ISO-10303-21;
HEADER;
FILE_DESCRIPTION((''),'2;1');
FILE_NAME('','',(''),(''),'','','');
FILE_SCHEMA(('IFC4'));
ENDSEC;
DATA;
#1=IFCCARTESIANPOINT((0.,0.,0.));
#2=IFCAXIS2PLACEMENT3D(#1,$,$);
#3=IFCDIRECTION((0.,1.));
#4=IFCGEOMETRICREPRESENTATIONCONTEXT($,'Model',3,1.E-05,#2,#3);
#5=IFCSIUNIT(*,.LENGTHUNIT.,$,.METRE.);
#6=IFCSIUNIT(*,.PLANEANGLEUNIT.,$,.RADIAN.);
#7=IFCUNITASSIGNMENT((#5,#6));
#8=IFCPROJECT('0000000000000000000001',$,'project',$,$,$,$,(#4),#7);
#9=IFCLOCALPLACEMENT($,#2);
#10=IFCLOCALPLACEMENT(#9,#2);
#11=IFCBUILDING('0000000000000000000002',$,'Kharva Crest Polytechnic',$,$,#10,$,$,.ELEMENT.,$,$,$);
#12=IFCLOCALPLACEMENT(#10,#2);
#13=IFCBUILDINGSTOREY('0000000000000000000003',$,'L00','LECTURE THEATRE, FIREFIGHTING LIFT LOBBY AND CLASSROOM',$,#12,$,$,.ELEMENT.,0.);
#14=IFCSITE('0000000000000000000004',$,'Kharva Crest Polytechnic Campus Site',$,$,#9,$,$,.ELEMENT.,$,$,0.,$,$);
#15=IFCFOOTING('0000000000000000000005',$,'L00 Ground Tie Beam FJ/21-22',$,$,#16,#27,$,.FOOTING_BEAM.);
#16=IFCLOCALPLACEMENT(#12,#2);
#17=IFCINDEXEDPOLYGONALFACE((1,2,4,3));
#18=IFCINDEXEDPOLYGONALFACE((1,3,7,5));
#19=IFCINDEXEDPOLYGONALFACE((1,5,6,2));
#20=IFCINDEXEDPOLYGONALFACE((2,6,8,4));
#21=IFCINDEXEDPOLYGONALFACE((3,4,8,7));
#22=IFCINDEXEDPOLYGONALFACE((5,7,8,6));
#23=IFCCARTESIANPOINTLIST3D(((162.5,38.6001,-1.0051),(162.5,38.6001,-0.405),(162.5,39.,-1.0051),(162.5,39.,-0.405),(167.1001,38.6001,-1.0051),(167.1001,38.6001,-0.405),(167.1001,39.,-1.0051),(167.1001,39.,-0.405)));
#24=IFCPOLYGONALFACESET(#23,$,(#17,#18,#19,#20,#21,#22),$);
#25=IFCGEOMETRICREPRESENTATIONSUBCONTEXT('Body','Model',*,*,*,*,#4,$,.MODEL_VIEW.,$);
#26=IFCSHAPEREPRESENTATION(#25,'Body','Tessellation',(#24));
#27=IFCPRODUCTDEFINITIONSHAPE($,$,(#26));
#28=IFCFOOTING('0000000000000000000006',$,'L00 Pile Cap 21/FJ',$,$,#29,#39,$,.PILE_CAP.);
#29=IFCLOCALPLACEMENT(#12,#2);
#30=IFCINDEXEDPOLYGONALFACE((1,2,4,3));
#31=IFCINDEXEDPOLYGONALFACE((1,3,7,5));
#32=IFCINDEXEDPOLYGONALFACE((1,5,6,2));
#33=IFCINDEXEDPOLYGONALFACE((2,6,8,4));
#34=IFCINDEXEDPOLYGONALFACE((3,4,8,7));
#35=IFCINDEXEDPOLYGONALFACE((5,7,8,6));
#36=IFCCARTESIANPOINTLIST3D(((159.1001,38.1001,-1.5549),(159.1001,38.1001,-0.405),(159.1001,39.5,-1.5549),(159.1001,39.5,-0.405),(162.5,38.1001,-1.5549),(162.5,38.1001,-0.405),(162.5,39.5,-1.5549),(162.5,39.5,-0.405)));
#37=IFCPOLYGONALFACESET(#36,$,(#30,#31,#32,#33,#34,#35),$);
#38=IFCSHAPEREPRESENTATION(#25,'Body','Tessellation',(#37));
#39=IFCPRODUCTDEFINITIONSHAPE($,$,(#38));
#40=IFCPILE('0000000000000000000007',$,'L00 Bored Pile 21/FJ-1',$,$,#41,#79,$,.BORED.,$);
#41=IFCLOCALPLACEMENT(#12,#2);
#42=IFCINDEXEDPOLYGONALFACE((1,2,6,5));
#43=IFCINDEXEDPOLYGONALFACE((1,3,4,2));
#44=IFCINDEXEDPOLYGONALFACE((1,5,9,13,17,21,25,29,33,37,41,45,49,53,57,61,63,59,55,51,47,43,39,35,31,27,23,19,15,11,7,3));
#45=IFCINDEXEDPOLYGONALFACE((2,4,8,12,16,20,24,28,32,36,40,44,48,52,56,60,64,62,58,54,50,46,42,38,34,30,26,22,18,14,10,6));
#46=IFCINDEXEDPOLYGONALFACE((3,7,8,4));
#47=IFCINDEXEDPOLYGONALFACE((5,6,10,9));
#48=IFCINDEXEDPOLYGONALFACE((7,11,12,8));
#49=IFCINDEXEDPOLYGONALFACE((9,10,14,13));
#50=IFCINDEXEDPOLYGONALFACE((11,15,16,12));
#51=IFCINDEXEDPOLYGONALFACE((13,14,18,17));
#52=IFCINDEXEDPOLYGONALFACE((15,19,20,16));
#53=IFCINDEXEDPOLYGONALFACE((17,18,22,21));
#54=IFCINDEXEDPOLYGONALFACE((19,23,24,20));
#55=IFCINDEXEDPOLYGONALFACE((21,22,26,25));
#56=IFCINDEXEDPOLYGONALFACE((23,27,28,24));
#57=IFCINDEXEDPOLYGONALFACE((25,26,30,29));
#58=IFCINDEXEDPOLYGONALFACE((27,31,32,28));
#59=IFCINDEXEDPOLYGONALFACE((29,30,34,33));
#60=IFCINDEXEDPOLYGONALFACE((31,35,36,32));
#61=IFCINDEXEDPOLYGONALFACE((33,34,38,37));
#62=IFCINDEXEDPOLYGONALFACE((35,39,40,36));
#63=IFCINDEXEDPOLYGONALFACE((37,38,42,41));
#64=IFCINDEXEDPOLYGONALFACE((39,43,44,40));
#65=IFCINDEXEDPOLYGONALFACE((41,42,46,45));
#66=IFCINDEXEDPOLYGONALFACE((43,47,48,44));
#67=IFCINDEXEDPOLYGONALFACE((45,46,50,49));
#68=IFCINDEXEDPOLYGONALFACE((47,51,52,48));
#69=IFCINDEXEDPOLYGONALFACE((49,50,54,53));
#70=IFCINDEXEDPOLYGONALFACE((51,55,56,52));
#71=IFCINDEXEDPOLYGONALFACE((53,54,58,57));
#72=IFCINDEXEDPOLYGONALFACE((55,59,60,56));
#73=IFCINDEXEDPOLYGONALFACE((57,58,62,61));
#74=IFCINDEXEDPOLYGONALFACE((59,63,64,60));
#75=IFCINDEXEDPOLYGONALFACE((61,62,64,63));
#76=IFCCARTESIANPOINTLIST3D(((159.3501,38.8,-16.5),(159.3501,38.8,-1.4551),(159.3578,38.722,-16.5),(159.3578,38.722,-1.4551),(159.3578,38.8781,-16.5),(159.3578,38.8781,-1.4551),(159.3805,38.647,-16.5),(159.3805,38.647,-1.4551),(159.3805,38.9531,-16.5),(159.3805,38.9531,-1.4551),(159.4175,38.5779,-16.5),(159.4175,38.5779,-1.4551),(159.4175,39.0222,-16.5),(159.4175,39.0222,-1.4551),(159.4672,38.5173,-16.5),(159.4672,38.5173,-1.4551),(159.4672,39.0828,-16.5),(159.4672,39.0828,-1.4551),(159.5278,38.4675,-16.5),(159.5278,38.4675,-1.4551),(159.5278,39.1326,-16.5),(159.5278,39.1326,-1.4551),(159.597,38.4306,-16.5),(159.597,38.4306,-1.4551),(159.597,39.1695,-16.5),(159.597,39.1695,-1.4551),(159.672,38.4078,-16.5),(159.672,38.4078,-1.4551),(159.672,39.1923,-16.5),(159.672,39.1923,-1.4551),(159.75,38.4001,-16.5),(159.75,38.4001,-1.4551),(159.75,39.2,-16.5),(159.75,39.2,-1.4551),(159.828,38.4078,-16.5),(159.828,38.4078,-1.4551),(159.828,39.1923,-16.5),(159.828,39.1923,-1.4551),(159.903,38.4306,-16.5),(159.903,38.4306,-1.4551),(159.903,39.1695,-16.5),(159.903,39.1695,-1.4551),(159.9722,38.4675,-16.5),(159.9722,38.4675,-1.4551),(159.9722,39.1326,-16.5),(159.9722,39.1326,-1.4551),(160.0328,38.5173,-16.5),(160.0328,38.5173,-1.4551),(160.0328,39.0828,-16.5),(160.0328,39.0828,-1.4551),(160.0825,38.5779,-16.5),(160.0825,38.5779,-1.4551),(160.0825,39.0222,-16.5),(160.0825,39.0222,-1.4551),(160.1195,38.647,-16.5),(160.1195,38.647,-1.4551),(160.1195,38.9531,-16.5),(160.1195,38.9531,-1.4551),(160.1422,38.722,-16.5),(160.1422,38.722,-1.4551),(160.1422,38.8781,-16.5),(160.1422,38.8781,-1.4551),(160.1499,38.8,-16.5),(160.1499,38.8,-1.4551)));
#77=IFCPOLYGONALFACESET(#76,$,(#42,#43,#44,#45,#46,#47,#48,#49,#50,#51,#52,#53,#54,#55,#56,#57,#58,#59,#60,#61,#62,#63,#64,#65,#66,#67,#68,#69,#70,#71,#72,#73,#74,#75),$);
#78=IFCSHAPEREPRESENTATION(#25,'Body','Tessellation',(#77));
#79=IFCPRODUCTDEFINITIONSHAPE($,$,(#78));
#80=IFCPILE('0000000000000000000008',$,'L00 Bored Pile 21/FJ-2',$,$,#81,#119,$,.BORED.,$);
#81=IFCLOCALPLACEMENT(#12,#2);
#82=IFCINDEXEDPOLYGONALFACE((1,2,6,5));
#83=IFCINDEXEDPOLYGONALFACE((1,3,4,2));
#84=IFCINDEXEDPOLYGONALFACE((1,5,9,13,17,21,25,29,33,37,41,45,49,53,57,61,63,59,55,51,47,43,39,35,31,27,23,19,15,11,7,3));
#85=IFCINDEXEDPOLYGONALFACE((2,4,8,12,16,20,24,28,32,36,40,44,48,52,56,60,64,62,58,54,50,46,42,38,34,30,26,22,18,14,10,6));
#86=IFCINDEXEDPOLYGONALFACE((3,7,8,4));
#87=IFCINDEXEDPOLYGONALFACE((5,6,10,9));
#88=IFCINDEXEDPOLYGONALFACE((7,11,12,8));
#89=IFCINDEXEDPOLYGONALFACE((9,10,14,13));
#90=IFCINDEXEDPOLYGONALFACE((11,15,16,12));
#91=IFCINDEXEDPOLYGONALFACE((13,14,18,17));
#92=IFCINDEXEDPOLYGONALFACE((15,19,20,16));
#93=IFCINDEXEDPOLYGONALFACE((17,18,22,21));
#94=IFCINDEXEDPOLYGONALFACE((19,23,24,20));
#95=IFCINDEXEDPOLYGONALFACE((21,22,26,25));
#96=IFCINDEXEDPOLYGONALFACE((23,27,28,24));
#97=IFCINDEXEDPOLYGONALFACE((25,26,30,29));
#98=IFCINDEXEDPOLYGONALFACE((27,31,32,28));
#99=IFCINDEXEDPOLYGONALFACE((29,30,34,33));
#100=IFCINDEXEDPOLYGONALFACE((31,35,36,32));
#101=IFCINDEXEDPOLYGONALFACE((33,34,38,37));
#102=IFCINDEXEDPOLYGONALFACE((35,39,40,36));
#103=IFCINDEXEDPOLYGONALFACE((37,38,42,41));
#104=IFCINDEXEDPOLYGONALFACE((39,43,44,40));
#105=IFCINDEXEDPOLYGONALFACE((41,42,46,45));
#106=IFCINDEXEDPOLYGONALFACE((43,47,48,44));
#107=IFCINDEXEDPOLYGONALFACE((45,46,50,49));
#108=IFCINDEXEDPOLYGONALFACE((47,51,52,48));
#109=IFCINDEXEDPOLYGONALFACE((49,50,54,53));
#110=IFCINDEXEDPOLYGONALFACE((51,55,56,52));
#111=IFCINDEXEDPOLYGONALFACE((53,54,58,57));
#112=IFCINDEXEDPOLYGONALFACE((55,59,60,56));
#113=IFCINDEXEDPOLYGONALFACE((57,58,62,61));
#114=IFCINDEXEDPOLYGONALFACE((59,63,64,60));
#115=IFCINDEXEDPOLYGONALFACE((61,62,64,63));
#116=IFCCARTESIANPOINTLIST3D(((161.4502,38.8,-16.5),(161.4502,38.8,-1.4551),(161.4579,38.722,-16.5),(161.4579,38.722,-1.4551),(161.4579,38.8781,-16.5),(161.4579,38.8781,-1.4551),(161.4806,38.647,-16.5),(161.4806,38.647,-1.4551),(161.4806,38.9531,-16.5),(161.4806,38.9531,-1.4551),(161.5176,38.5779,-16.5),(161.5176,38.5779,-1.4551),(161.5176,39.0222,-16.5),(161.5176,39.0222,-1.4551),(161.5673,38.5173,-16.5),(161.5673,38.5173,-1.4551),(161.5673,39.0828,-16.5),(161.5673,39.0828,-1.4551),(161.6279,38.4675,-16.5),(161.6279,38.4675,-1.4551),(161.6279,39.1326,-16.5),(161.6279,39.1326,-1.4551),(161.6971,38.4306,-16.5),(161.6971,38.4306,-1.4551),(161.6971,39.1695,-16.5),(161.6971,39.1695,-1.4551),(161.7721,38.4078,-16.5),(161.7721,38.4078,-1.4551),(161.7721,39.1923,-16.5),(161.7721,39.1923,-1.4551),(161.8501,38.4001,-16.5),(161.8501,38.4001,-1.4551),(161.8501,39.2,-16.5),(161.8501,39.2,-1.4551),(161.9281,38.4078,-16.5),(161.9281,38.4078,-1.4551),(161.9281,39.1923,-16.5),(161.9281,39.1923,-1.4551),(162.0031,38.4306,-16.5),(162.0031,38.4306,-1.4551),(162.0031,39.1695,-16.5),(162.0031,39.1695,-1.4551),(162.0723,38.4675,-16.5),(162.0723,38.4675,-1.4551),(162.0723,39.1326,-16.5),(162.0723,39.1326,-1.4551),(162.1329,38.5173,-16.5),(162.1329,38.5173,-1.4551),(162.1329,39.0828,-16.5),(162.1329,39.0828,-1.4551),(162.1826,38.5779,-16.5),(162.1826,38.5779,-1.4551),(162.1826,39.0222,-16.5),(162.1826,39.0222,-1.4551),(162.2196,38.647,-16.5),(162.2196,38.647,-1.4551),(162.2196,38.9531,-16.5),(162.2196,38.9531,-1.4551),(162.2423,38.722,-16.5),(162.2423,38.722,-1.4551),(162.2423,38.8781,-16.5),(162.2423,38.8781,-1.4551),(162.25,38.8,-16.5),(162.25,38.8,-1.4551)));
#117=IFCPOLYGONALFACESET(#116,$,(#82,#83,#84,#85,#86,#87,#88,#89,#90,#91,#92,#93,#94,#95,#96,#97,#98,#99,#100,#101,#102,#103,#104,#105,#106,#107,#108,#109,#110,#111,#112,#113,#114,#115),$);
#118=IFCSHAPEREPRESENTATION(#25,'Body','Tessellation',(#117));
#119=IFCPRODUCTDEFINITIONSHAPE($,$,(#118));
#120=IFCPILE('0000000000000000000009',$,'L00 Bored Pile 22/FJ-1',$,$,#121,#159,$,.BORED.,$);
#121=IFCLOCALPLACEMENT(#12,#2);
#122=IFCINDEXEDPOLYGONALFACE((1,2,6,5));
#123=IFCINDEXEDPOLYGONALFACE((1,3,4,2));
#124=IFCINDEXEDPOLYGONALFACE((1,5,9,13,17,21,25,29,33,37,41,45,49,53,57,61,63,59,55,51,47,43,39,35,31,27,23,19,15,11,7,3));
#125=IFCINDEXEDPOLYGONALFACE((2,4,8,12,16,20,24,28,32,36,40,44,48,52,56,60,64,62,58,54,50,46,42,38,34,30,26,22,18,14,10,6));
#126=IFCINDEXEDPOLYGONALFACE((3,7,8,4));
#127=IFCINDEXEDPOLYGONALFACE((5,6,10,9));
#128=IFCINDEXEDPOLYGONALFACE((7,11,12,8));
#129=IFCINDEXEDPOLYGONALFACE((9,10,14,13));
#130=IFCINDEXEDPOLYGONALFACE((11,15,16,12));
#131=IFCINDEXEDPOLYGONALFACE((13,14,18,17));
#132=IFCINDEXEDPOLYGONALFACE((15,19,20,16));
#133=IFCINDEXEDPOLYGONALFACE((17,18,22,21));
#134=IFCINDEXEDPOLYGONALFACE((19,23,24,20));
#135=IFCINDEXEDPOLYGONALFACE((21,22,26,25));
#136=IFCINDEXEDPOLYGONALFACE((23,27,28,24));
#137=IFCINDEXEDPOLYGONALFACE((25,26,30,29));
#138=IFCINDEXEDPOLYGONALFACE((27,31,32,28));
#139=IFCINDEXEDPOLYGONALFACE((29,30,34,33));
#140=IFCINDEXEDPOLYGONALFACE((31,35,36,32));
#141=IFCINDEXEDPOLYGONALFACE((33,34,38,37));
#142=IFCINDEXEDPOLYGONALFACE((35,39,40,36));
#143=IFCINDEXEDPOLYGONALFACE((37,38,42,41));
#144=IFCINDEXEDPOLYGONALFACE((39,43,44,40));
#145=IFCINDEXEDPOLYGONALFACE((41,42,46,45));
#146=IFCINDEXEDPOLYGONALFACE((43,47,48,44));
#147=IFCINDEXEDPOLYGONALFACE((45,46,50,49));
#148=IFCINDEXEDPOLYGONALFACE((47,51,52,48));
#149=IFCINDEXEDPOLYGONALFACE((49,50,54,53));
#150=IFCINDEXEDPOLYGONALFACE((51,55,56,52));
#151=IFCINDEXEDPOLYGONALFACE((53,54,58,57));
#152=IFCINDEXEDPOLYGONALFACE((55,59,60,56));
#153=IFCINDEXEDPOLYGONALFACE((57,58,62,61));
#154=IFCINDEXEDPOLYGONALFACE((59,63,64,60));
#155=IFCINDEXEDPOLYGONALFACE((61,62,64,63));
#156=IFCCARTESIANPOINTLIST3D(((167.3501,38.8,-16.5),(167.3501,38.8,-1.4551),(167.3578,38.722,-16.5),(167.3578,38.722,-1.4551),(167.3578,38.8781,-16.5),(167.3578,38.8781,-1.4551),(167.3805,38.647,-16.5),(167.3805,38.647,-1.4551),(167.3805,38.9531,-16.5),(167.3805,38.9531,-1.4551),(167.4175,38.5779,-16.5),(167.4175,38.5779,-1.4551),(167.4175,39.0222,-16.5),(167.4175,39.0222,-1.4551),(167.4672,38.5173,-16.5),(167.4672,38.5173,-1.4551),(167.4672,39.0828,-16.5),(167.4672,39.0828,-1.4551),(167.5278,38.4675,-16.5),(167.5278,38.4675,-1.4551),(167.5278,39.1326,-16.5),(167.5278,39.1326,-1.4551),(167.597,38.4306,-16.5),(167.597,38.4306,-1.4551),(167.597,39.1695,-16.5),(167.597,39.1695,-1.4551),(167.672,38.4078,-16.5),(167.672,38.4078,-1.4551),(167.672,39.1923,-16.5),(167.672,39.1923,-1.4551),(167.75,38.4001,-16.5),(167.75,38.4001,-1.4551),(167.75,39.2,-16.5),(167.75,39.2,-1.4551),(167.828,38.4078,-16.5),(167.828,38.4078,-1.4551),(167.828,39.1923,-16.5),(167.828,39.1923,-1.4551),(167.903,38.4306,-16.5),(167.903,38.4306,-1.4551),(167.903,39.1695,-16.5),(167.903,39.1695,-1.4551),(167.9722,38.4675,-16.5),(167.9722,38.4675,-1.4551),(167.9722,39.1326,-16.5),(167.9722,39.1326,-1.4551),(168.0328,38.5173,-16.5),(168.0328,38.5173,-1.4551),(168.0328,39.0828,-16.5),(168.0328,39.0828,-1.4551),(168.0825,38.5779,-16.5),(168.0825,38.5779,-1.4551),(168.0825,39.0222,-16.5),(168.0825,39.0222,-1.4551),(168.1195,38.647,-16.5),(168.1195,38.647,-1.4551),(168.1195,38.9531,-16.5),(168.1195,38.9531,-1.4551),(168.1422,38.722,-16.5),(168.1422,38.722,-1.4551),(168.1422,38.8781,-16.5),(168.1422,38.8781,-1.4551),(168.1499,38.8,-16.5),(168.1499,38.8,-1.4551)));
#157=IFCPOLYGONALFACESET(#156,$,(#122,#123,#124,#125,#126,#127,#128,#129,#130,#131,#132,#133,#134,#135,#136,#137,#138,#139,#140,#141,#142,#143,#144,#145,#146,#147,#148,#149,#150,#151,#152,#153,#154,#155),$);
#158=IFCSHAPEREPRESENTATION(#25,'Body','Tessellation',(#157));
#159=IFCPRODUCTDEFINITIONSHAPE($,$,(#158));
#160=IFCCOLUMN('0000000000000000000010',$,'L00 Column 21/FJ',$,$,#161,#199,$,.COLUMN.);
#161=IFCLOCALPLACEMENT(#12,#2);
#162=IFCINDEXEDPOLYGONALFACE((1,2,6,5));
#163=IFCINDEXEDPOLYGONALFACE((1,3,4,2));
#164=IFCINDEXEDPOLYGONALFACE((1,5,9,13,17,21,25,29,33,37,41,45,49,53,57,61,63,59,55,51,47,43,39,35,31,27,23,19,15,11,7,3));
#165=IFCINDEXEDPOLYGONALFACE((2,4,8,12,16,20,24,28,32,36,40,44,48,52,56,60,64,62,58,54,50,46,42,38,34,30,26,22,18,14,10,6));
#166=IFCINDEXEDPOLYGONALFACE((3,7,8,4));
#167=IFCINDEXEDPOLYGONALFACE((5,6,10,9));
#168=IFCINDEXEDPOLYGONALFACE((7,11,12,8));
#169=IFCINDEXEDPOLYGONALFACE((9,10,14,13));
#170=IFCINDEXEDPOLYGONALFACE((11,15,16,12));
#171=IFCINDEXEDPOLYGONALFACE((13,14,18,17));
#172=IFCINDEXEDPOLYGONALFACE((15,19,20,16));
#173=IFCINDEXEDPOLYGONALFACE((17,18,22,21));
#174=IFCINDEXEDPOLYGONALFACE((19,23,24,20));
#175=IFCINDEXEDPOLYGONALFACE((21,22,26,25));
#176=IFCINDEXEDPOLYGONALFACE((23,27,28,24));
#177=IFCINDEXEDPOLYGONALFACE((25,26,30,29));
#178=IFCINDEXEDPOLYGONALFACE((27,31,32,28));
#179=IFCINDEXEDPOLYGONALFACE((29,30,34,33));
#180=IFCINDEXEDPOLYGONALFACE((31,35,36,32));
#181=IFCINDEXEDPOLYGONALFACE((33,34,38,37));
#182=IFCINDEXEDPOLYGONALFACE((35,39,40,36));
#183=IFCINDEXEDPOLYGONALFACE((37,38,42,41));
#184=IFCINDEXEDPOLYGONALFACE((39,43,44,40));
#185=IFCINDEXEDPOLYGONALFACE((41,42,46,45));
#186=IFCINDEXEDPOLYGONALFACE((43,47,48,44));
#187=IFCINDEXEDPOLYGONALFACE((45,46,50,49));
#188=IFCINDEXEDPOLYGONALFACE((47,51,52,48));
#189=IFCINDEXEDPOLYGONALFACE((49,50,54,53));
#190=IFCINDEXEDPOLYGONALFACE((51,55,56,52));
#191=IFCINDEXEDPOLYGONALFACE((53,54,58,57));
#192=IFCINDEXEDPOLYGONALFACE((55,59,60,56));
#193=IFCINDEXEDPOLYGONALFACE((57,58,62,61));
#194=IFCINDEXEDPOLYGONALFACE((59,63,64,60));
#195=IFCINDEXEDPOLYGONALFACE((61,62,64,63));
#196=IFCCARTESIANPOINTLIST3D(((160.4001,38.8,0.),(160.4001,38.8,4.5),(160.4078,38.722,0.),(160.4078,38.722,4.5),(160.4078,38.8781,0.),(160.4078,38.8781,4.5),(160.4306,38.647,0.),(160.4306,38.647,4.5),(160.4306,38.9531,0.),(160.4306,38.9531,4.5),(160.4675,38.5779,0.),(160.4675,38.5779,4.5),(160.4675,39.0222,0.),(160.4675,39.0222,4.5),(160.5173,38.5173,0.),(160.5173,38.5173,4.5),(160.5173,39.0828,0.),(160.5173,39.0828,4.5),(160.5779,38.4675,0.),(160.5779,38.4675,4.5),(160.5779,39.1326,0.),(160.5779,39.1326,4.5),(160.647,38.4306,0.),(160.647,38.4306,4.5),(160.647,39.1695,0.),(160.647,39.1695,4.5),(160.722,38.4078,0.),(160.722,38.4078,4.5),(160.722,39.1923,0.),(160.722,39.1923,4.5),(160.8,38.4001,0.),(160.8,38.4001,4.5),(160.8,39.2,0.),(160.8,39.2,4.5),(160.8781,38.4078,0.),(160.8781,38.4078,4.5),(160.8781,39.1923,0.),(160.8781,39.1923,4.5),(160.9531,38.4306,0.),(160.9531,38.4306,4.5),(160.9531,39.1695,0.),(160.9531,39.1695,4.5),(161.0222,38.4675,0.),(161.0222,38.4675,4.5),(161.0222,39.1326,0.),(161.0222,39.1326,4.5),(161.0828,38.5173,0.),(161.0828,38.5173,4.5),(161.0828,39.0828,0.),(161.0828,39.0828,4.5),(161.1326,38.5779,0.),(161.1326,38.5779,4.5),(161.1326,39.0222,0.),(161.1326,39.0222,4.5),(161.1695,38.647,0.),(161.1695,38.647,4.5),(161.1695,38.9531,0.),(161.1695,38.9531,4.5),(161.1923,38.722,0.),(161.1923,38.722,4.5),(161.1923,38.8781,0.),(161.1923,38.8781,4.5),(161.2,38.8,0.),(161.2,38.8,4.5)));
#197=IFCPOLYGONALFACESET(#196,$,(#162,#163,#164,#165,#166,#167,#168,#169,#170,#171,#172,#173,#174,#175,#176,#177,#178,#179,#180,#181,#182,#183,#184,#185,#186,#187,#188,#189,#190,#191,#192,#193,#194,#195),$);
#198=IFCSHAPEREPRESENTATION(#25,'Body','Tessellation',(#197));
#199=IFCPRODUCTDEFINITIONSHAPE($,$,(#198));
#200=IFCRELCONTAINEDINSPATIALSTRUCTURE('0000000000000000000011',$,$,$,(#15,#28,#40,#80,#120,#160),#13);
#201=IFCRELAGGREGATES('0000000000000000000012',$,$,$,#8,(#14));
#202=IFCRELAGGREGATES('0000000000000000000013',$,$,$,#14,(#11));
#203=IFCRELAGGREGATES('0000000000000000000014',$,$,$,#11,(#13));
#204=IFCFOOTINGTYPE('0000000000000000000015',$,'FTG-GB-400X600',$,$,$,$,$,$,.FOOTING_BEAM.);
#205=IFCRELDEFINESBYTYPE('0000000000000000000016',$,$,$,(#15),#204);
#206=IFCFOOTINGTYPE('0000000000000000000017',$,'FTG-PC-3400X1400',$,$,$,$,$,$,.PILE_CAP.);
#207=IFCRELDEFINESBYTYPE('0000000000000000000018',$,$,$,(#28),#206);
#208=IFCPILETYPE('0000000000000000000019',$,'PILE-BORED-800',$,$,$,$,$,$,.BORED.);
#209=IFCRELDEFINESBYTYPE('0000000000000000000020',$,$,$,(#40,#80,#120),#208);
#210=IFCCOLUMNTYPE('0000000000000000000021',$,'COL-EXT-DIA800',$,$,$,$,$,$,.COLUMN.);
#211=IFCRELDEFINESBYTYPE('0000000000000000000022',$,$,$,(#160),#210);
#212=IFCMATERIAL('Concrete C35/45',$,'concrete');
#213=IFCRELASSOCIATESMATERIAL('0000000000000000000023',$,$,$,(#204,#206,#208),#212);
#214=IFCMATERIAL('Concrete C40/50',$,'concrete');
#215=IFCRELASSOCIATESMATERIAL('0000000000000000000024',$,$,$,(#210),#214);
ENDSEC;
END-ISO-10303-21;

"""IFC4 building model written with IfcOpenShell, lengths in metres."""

from ifc_helpers import new_model, si_unit, direction, frame, origin, origin_2d, place, context, subcontext, project, spatial, rectangle, circle, extrude, material, material_profile, profile_set, type_object, element, save


model = new_model("IFC4")

# Units and contexts
model_context = context("Model", 3, precision=1e-05, world=origin(), true_north=direction((0.0, 1.0)))
body_context = subcontext(model_context, "Body", "Model", "MODEL_VIEW")
ifc_project = project(units=[si_unit("LENGTHUNIT", "METRE"), si_unit("PLANEANGLEUNIT", "RADIAN")], contexts=[model_context])

# Site, building, storey
site_placement = place(None, origin())
site = spatial("IfcSite", under=ifc_project, at=site_placement, Name="Kharva Crest Polytechnic Campus Site", CompositionType="ELEMENT", RefElevation=0.0)
building_placement = place(site_placement, origin())
building = spatial("IfcBuilding", under=site, at=building_placement, Name="Kharva Crest Polytechnic", CompositionType="ELEMENT")
storey_placement = place(building_placement, origin())
storey = spatial("IfcBuildingStorey", under=building, at=storey_placement, Name="L00", Description="LECTURE THEATRE, FIREFIGHTING LIFT LOBBY AND CLASSROOM", CompositionType="ELEMENT", Elevation=0.0)

# Footings
ifc_material_1 = material(Name="Concrete C35/45", Category="concrete")
footing_type_1 = type_object("IfcFootingType", Name="FTG-GB-400X600", PredefinedType="FOOTING_BEAM", material=ifc_material_1)
footing_1_placement = place(storey_placement, frame((164.8, 38.8, -1.0051), z_axis=(0.0, 0.0, 1.0), x_axis=(1.0, 0.0, 0.0)))
element("IfcFooting", 1, at=footing_1_placement, inside=storey, type_object=footing_type_1, Name="L00 Ground Tie Beam FJ/21-22", PredefinedType="FOOTING_BEAM", context=body_context, shape_type="SweptSolid", body=[
    extrude(rectangle(XDim=4.6001, YDim=0.3999, at=origin_2d()), origin(), (0.0, 0.0, 1.0), 0.6001),
])
footing_type_2 = type_object("IfcFootingType", Name="FTG-PC-3400X1400", PredefinedType="PILE_CAP", material=ifc_material_1)
footing_2_placement = place(storey_placement, frame((160.8, 38.8, -1.5549), z_axis=(0.0, 0.0, 1.0), x_axis=(1.0, 0.0, 0.0)))
element("IfcFooting", 2, at=footing_2_placement, inside=storey, type_object=footing_type_2, Name="L00 Pile Cap 21/FJ", PredefinedType="PILE_CAP", context=body_context, shape_type="SweptSolid", body=[
    extrude(rectangle(XDim=3.3999, YDim=1.3999, at=origin_2d()), origin(), (0.0, 0.0, 1.0), 1.1499),
])

# Piles
ifc_material_profile_1 = material_profile(ifc_material_1, circle(Radius=0.3999, at=origin_2d()), Name="DIA 800")
ifc_profile_set_1 = profile_set([ifc_material_profile_1], Name="Concrete C35/45")
pile_type = type_object("IfcPileType", Name="PILE-BORED-800", PredefinedType="BORED", material=ifc_profile_set_1)
for number, where, z_axis, x_axis, name in (
    (3, (159.75, 38.8, -1.4551), (0.0, 0.0, -1.0), (1.0, 0.0, 0.0), "L00 Bored Pile 21/FJ-1"),
    (4, (161.8501, 38.8, -1.4551), (0.0, 0.0, -1.0), (1.0, 0.0, 0.0), "L00 Bored Pile 21/FJ-2"),
    (5, (167.75, 38.8, -1.4551), (0.0, 0.0, -1.0), (1.0, 0.0, 0.0), "L00 Bored Pile 22/FJ-1"),
):
    element("IfcPile", number, at=place(storey_placement, frame(where, z_axis=z_axis, x_axis=x_axis)), inside=storey, type_object=pile_type, Name=name, PredefinedType="BORED", context=body_context, shape_type="SweptSolid", body=[
        extrude(circle(Radius=0.3999, at=origin_2d()), origin(), (0.0, 0.0, 1.0), 15.0449),
    ])

# Column
ifc_material_2 = material(Name="Concrete C40/50", Category="concrete")
ifc_material_profile_2 = material_profile(ifc_material_2, circle(Radius=0.3999, at=origin_2d()), Name="DIA 800")
ifc_profile_set_2 = profile_set([ifc_material_profile_2], Name="Concrete C40/50")
column_type = type_object("IfcColumnType", Name="COL-EXT-DIA800", PredefinedType="COLUMN", material=ifc_profile_set_2)
column_placement = place(storey_placement, frame((160.8, 38.8, 0.0), z_axis=(0.0, 0.0, 1.0), x_axis=(1.0, 0.0, 0.0)))
element("IfcColumn", 6, at=column_placement, inside=storey, type_object=column_type, Name="L00 Column 21/FJ", PredefinedType="COLUMN", context=body_context, shape_type="SweptSolid", body=[
    extrude(circle(Radius=0.3999, at=origin_2d()), origin(), (0.0, 0.0, 1.0), 4.5),
])

save(model, "model.ifc")
